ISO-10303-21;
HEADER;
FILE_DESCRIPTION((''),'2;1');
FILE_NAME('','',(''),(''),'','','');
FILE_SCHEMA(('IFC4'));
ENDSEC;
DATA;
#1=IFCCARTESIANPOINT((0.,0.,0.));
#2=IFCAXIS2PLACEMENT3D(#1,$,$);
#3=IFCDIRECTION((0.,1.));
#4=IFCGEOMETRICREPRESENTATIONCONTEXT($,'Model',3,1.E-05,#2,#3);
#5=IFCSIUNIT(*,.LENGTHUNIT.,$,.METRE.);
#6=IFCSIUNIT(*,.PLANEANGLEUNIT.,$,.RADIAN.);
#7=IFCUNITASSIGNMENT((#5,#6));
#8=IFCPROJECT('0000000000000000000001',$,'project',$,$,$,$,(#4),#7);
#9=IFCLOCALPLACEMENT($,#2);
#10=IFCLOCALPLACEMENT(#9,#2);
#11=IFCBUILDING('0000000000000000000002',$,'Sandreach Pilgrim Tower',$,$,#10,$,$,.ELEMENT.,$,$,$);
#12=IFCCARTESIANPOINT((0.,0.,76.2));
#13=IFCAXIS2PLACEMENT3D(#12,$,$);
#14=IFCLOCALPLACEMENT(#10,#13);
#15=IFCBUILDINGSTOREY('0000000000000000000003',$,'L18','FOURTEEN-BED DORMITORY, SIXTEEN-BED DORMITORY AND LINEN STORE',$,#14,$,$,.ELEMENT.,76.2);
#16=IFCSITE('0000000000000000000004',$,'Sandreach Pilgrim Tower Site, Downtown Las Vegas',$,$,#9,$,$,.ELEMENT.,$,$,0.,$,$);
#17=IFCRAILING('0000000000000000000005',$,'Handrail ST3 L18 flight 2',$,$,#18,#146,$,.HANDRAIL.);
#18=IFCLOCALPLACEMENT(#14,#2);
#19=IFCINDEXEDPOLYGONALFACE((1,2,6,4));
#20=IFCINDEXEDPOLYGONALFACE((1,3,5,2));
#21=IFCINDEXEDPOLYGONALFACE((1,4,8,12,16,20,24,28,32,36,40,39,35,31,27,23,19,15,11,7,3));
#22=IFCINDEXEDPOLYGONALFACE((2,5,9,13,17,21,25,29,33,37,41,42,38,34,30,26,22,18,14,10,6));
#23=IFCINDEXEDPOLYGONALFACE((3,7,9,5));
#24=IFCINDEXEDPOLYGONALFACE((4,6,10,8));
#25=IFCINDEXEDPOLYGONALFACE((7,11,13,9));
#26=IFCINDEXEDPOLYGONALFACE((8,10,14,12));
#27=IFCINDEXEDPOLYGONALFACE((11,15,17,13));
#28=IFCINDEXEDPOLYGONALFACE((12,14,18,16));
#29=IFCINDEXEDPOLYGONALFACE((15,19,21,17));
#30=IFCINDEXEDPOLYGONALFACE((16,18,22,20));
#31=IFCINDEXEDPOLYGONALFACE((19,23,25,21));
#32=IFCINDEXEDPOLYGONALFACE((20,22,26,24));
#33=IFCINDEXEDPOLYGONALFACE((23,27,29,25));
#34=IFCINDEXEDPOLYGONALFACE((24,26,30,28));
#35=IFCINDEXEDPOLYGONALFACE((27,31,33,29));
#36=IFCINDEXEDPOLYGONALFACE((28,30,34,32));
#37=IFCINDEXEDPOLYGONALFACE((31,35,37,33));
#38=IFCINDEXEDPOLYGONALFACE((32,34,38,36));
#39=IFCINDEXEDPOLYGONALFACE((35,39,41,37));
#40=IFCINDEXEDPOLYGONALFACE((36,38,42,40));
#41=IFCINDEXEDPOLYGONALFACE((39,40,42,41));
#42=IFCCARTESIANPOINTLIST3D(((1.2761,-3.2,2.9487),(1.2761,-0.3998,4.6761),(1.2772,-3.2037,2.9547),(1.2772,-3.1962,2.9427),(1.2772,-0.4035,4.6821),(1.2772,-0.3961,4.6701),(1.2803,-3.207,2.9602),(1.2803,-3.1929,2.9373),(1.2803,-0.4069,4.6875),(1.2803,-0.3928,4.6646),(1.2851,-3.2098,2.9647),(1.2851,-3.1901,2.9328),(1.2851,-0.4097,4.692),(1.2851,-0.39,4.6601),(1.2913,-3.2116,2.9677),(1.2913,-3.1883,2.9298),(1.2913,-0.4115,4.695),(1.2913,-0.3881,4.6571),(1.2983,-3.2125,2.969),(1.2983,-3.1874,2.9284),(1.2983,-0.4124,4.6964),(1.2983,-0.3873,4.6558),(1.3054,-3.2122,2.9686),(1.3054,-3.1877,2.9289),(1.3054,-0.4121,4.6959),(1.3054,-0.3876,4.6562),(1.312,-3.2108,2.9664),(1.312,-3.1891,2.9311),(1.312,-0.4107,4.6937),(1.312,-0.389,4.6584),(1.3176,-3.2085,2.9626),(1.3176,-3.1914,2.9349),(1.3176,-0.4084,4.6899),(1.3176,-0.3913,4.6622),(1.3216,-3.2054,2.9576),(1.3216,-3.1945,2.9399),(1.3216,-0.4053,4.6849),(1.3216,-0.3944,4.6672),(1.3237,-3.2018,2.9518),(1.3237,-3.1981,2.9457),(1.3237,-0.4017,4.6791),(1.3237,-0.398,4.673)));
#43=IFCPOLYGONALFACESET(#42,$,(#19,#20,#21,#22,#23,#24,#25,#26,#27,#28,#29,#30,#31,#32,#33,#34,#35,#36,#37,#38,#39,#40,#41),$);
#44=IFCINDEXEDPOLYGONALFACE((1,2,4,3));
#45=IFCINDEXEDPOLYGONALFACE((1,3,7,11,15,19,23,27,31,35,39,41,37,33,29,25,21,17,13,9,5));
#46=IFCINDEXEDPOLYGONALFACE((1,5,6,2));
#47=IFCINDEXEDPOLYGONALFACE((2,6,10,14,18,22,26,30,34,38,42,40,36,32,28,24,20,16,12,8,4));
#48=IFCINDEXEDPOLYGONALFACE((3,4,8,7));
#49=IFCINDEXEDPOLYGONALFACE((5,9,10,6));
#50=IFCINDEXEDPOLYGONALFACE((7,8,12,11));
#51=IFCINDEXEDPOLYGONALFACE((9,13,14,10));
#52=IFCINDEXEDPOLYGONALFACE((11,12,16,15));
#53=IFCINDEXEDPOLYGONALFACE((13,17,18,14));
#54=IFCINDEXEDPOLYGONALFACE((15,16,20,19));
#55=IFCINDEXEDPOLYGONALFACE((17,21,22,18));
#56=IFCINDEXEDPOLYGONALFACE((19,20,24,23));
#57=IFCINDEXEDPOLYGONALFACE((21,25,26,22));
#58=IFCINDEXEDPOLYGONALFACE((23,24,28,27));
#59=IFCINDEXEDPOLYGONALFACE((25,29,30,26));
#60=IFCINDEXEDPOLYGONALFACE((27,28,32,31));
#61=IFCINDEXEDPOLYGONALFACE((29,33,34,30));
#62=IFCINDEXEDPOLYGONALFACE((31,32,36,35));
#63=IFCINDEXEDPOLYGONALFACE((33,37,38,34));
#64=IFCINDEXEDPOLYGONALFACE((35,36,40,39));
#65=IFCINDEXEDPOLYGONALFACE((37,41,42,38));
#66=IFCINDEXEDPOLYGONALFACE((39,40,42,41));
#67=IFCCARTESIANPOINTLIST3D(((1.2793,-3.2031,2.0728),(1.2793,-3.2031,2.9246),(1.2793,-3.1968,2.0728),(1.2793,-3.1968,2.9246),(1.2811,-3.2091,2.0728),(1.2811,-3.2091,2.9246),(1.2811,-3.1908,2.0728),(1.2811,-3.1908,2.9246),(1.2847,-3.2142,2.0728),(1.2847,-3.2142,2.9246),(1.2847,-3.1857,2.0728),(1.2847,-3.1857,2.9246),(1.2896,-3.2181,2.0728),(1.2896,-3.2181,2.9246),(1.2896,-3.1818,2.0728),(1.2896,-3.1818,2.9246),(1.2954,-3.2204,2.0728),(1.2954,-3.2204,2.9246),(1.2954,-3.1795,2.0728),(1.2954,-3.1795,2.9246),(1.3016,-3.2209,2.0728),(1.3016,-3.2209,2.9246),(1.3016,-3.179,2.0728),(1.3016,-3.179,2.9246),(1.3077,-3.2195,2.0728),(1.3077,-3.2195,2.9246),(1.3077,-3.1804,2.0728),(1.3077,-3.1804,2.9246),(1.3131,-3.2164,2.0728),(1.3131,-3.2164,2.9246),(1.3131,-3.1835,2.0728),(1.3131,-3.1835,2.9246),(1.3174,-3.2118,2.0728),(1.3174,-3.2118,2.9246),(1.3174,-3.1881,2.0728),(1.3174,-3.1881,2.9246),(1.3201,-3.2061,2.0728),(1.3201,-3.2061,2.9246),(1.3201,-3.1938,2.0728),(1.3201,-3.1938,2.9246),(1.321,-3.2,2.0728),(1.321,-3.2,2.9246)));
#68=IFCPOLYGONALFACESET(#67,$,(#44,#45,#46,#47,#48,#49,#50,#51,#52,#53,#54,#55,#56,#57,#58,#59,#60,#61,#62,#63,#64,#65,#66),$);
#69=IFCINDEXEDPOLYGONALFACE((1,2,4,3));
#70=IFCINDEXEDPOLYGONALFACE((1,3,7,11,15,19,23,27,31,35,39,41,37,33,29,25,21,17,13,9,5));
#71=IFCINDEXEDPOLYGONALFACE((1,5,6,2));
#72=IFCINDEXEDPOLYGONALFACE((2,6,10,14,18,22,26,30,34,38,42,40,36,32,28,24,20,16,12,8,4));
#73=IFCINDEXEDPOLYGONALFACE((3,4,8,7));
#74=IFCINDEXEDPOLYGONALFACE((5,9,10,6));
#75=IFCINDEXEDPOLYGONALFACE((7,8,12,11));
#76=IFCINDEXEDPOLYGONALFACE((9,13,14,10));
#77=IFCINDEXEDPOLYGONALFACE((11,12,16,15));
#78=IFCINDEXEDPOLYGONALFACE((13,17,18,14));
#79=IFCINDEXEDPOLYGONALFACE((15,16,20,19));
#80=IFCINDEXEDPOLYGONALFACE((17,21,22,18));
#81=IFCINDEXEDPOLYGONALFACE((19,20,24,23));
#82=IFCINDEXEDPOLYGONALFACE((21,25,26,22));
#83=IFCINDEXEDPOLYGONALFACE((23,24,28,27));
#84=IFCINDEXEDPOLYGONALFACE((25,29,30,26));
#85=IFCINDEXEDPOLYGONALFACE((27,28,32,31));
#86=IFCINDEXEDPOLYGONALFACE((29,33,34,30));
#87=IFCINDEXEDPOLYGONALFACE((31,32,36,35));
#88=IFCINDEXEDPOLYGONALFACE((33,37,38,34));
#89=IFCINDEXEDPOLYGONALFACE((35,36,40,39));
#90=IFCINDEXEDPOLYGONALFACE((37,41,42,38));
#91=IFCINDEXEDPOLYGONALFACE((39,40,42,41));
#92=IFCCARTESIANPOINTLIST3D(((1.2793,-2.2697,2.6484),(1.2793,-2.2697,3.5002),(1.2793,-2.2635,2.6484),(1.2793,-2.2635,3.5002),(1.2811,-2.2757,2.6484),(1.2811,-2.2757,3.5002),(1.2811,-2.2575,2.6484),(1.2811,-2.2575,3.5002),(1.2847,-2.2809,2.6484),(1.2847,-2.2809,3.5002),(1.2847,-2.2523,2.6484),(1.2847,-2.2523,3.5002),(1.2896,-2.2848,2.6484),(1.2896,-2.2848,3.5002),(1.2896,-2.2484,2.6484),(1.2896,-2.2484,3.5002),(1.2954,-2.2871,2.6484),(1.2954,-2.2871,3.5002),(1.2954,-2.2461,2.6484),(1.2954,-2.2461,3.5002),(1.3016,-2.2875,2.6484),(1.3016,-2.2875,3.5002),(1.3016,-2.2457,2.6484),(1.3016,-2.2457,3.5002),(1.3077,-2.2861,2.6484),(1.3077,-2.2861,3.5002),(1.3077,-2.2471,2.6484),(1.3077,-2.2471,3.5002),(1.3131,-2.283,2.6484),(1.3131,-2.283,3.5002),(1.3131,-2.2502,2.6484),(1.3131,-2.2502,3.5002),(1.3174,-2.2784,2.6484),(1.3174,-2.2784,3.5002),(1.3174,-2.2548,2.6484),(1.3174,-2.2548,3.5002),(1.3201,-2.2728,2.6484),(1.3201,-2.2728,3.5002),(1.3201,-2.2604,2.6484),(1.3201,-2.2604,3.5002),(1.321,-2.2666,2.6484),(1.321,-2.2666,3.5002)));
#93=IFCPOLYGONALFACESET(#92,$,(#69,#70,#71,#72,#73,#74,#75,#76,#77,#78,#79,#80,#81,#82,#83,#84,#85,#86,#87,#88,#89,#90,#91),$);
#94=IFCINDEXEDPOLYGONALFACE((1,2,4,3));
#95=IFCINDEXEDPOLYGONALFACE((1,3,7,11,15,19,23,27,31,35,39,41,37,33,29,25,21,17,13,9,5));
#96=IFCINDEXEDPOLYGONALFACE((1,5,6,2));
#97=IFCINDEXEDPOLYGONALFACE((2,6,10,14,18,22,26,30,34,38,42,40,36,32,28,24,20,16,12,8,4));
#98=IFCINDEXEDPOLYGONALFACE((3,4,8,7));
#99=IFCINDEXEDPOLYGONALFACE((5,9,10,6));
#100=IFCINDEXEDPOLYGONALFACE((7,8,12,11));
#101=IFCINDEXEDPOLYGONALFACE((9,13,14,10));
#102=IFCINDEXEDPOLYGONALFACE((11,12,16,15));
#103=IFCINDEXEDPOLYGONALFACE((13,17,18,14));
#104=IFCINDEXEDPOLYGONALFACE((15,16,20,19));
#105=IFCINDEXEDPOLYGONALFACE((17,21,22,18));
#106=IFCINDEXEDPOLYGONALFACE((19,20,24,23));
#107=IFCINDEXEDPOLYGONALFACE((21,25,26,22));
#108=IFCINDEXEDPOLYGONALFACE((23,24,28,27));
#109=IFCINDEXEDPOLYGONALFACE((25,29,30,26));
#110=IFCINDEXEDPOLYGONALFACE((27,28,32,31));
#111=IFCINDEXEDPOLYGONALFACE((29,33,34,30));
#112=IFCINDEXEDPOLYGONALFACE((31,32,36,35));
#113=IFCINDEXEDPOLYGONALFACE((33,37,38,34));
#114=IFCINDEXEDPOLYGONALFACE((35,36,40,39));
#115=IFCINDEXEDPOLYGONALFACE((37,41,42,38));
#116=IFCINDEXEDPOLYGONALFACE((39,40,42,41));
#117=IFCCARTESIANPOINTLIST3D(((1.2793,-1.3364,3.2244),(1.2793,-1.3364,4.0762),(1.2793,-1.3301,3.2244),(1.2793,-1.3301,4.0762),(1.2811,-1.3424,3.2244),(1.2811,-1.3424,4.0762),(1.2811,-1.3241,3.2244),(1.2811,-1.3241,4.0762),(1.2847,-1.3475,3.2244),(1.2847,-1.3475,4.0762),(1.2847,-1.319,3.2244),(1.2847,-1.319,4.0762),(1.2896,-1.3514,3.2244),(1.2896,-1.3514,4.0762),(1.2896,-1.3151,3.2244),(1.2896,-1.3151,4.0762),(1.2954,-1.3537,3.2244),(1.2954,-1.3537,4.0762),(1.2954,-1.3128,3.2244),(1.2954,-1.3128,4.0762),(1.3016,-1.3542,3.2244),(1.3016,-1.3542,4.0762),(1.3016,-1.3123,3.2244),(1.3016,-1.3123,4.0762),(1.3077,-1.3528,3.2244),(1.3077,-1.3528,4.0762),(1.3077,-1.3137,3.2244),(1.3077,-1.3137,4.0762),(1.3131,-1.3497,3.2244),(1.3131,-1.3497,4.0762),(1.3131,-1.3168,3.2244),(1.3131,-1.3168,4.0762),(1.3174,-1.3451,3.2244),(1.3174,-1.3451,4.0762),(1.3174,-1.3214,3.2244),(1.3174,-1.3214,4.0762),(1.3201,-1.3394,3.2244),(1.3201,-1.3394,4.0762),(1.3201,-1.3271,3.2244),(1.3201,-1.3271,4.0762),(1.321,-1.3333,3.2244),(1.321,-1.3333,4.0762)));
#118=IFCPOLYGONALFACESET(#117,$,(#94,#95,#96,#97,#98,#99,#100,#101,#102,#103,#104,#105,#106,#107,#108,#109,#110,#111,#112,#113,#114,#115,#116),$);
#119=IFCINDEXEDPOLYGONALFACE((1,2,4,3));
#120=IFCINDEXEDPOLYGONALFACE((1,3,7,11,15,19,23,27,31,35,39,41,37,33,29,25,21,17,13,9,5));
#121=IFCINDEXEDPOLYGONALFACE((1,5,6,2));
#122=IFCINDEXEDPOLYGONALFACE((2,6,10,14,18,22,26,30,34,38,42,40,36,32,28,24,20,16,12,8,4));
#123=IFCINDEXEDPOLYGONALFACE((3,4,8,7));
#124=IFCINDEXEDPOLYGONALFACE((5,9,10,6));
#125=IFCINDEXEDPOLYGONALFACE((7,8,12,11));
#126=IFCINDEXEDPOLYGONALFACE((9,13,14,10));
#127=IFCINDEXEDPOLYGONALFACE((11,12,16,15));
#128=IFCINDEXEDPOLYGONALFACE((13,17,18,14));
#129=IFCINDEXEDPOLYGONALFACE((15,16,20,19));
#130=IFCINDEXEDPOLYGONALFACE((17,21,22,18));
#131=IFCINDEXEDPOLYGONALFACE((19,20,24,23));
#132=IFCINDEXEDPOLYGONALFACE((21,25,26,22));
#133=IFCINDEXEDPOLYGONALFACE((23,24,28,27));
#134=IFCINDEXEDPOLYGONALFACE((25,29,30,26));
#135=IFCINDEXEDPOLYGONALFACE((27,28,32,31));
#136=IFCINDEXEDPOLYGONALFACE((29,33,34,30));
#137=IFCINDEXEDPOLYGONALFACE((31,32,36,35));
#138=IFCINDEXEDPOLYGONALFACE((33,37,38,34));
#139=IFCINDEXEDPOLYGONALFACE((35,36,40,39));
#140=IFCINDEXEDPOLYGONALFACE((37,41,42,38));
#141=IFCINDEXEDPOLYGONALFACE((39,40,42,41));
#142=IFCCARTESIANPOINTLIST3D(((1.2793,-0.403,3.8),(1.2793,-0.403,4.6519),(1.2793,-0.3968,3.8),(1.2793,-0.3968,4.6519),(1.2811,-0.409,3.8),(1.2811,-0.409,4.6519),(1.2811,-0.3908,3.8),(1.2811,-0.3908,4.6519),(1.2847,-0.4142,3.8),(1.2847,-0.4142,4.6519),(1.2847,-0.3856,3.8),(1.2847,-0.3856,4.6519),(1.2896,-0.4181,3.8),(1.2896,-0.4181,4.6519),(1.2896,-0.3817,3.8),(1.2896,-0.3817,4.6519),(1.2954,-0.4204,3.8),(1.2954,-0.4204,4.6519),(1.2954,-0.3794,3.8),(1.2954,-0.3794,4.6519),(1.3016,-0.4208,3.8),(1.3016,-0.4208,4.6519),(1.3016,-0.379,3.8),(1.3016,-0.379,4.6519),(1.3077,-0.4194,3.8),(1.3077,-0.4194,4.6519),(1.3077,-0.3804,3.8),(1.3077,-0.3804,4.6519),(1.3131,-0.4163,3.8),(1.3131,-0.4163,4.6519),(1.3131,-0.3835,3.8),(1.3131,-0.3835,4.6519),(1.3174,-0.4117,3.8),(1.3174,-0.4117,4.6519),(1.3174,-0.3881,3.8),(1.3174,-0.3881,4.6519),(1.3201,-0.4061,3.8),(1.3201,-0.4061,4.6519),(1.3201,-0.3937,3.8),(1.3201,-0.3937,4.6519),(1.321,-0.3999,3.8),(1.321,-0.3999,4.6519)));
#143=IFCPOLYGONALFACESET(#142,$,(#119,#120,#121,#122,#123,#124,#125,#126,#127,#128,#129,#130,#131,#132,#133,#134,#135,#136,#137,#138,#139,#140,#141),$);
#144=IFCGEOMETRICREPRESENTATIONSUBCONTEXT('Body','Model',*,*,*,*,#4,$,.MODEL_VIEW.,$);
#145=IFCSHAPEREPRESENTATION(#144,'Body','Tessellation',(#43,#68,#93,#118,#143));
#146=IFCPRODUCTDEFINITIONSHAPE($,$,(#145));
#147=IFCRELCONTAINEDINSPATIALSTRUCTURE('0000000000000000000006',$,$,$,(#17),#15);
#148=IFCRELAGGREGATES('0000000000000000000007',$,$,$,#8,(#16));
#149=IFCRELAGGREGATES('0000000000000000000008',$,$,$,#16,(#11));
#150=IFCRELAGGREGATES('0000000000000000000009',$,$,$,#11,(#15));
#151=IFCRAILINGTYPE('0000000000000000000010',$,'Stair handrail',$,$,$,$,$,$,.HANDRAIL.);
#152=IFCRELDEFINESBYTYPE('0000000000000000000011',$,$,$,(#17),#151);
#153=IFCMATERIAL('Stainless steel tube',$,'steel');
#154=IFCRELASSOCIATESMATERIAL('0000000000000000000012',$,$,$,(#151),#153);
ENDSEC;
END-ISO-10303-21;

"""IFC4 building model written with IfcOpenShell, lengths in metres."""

from ifc_helpers import new_model, si_unit, direction, frame, origin, origin_2d, place, context, subcontext, project, spatial, circle, extrude, material, type_object, element, save


model = new_model("IFC4")

# Units and contexts
model_context = context("Model", 3, precision=1e-05, world=origin(), true_north=direction((0.0, 1.0)))
body_context = subcontext(model_context, "Body", "Model", "MODEL_VIEW")
ifc_project = project(units=[si_unit("LENGTHUNIT", "METRE"), si_unit("PLANEANGLEUNIT", "RADIAN")], contexts=[model_context])

# Site, building, storey
site_placement = place(None, origin())
site = spatial("IfcSite", under=ifc_project, at=site_placement, Name="Sandreach Pilgrim Tower Site, Downtown Las Vegas", CompositionType="ELEMENT", RefElevation=0.0)
building_placement = place(site_placement, origin())
building = spatial("IfcBuilding", under=site, at=building_placement, Name="Sandreach Pilgrim Tower", CompositionType="ELEMENT")
storey_placement = place(building_placement, frame((0.0, 0.0, 76.2)))
storey = spatial("IfcBuildingStorey", under=building, at=storey_placement, Name="L18", Description="FOURTEEN-BED DORMITORY, SIXTEEN-BED DORMITORY AND LINEN STORE", CompositionType="ELEMENT", Elevation=76.2)

# Railing
ifc_material_1 = material(Name="Stainless steel tube", Category="steel")
railing_type = type_object("IfcRailingType", Name="Stair handrail", PredefinedType="HANDRAIL", material=ifc_material_1)
for number, where, name in (
    (1, (1.3, -3.2, 2.0728), "Handrail ST3 L18 flight 2"),
):
    element("IfcRailing", number, at=place(storey_placement, frame(where)), inside=storey, type_object=railing_type, Name=name, PredefinedType="HANDRAIL", context=body_context, shape_type="SweptSolid", body=[
        extrude(circle(Radius=0.0239, at=origin_2d()), frame((0.0, 0.0, 0.876), z_axis=(0.0, 0.85109, 0.52502), x_axis=(-1.0, 0.0, 0.0)), (0.0, 0.0, 1.0), 3.29),
        extrude(circle(Radius=0.021, at=origin_2d()), origin(), (0.0, 0.0, 1.0), 0.8518),
        extrude(circle(Radius=0.021, at=origin_2d()), frame((0.0, 0.9333, 0.5757)), (0.0, 0.0, 1.0), 0.8518),
        extrude(circle(Radius=0.021, at=origin_2d()), frame((0.0, 1.8667, 1.1516)), (0.0, 0.0, 1.0), 0.8518),
        extrude(circle(Radius=0.021, at=origin_2d()), frame((0.0, 2.8, 1.7273)), (0.0, 0.0, 1.0), 0.8518),
    ])

save(model, "model.ifc")
